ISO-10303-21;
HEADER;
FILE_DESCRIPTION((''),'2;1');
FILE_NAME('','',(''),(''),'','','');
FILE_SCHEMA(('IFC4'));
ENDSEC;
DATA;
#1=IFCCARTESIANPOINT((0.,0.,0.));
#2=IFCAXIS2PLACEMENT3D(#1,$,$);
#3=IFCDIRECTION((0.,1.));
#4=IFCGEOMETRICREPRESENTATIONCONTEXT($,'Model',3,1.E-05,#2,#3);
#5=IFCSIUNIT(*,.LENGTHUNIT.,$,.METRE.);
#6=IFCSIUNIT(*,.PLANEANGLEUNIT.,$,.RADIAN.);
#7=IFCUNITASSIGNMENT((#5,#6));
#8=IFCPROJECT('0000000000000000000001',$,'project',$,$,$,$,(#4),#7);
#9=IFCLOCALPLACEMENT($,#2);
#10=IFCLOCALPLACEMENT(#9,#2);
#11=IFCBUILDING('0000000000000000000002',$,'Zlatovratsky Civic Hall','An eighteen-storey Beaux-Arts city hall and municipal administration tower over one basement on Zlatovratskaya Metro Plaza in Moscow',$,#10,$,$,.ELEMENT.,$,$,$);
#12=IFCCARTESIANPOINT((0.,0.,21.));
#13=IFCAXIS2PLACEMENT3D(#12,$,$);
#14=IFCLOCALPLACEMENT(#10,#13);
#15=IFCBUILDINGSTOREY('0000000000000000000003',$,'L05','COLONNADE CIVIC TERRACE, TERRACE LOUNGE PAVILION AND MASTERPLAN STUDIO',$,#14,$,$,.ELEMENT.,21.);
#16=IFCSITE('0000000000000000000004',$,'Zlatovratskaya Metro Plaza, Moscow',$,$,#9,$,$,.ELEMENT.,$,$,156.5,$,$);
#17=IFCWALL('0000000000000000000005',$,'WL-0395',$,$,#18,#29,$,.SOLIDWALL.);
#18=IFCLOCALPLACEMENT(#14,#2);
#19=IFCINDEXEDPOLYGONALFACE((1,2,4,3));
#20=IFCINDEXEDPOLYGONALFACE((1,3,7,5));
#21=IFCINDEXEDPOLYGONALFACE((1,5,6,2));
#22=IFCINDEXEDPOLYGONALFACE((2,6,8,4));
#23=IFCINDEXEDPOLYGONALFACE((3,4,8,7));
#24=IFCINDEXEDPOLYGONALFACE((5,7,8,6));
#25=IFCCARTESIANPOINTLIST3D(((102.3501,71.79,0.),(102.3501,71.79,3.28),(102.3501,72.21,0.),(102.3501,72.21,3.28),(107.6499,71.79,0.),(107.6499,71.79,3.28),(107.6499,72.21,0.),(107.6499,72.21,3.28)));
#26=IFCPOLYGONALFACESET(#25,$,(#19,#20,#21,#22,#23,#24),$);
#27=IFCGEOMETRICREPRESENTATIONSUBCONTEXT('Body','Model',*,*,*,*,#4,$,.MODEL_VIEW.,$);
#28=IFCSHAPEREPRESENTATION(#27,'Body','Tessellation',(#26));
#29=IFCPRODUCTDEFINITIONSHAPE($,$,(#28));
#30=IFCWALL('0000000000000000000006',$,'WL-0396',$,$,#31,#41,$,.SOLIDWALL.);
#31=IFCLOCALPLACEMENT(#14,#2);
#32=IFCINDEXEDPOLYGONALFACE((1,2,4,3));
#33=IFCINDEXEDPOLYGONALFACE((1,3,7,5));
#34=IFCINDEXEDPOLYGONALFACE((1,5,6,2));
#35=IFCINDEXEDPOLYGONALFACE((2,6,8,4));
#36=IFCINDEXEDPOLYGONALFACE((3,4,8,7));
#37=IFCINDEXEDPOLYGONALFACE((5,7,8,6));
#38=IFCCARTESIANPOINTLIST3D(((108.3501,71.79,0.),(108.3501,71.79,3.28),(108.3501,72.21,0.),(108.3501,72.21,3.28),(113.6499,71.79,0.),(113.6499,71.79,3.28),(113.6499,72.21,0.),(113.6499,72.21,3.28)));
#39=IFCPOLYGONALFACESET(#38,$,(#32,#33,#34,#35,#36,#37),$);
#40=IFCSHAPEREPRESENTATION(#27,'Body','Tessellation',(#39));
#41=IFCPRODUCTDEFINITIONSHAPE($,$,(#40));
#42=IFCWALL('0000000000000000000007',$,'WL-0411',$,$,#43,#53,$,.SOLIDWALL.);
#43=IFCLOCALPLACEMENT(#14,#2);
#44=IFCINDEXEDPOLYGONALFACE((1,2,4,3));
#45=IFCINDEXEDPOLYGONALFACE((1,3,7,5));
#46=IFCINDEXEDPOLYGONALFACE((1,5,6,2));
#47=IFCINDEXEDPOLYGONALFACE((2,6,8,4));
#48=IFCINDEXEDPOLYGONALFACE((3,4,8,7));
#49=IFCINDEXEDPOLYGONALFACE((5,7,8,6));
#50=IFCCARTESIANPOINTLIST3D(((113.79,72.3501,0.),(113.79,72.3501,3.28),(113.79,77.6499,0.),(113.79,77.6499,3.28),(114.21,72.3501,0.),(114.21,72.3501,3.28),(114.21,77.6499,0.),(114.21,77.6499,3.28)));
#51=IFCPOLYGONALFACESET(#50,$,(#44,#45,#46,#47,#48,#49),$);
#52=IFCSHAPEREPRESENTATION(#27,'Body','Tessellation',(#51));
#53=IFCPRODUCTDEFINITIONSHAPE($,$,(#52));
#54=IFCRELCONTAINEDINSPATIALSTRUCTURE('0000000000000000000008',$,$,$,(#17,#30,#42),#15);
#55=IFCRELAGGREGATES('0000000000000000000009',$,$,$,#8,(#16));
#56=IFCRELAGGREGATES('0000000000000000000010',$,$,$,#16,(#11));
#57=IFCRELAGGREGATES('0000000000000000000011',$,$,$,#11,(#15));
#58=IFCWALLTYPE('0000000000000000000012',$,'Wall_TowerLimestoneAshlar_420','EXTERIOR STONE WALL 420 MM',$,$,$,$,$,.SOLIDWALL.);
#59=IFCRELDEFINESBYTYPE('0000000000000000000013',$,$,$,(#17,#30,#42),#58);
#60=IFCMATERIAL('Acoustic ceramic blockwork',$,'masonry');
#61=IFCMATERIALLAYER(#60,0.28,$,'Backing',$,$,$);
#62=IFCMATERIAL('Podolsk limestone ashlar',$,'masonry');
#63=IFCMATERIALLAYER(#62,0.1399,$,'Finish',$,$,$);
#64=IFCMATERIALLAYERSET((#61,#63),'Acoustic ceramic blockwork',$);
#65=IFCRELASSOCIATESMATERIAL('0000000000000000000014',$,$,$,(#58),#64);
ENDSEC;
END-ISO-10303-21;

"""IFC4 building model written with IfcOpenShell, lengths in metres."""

from ifc_helpers import new_model, si_unit, direction, frame, frame_2d, origin, place, context, subcontext, project, spatial, rectangle, extrude, material, layer, layer_set, type_object, element, save


model = new_model("IFC4")

# Units and contexts
model_context = context("Model", 3, precision=1e-05, world=origin(), true_north=direction((0.0, 1.0)))
body_context = subcontext(model_context, "Body", "Model", "MODEL_VIEW")
ifc_project = project(units=[si_unit("LENGTHUNIT", "METRE"), si_unit("PLANEANGLEUNIT", "RADIAN")], contexts=[model_context])

# Site, building, storey
site_placement = place(None, origin())
site = spatial("IfcSite", under=ifc_project, at=site_placement, Name="Zlatovratskaya Metro Plaza, Moscow", CompositionType="ELEMENT", RefElevation=156.5)
building_placement = place(site_placement, origin())
building = spatial("IfcBuilding", under=site, at=building_placement, Name="Zlatovratsky Civic Hall", Description="An eighteen-storey Beaux-Arts city hall and municipal administration tower over one basement on Zlatovratskaya Metro Plaza in Moscow", CompositionType="ELEMENT")
storey_placement = place(building_placement, frame((0.0, 0.0, 21.0)))
storey = spatial("IfcBuildingStorey", under=building, at=storey_placement, Name="L05", Description="COLONNADE CIVIC TERRACE, TERRACE LOUNGE PAVILION AND MASTERPLAN STUDIO", CompositionType="ELEMENT", Elevation=21.0)

# Walls
ifc_material_1 = material(Name="Acoustic ceramic blockwork", Category="masonry")
ifc_layer_1 = layer(ifc_material_1, 0.28, Name="Backing")
ifc_material_2 = material(Name="Podolsk limestone ashlar", Category="masonry")
ifc_layer_2 = layer(ifc_material_2, 0.1399, Name="Finish")
ifc_layer_set_1 = layer_set([ifc_layer_1, ifc_layer_2], Name="Acoustic ceramic blockwork")
wall_type_1 = type_object("IfcWallType", Name="Wall_TowerLimestoneAshlar_420", Description="EXTERIOR STONE WALL 420 MM", PredefinedType="SOLIDWALL", material=ifc_layer_set_1)
for number, where, z_axis, x_axis, name in (
    (1, (102.3501, 72.0, 0.0), (0.0, 0.0, 1.0), (1.0, 0.0, 0.0), "WL-0395"),
    (2, (108.3501, 72.0, 0.0), (0.0, 0.0, 1.0), (1.0, 0.0, 0.0), "WL-0396"),
    (3, (114.0, 72.3501, 0.0), (0.0, 0.0, 1.0), (0.0, 1.0, 0.0), "WL-0411"),
):
    element("IfcWall", number, at=place(storey_placement, frame(where, z_axis=z_axis, x_axis=x_axis)), inside=storey, type_object=wall_type_1, Name=name, PredefinedType="SOLIDWALL", context=body_context, shape_type="SweptSolid", body=[
        extrude(rectangle(XDim=5.2998, YDim=0.4199, at=frame_2d((2.6499, 0.0))), origin(), (0.0, 0.0, 1.0), 3.28),
    ])

save(model, "model.ifc")
